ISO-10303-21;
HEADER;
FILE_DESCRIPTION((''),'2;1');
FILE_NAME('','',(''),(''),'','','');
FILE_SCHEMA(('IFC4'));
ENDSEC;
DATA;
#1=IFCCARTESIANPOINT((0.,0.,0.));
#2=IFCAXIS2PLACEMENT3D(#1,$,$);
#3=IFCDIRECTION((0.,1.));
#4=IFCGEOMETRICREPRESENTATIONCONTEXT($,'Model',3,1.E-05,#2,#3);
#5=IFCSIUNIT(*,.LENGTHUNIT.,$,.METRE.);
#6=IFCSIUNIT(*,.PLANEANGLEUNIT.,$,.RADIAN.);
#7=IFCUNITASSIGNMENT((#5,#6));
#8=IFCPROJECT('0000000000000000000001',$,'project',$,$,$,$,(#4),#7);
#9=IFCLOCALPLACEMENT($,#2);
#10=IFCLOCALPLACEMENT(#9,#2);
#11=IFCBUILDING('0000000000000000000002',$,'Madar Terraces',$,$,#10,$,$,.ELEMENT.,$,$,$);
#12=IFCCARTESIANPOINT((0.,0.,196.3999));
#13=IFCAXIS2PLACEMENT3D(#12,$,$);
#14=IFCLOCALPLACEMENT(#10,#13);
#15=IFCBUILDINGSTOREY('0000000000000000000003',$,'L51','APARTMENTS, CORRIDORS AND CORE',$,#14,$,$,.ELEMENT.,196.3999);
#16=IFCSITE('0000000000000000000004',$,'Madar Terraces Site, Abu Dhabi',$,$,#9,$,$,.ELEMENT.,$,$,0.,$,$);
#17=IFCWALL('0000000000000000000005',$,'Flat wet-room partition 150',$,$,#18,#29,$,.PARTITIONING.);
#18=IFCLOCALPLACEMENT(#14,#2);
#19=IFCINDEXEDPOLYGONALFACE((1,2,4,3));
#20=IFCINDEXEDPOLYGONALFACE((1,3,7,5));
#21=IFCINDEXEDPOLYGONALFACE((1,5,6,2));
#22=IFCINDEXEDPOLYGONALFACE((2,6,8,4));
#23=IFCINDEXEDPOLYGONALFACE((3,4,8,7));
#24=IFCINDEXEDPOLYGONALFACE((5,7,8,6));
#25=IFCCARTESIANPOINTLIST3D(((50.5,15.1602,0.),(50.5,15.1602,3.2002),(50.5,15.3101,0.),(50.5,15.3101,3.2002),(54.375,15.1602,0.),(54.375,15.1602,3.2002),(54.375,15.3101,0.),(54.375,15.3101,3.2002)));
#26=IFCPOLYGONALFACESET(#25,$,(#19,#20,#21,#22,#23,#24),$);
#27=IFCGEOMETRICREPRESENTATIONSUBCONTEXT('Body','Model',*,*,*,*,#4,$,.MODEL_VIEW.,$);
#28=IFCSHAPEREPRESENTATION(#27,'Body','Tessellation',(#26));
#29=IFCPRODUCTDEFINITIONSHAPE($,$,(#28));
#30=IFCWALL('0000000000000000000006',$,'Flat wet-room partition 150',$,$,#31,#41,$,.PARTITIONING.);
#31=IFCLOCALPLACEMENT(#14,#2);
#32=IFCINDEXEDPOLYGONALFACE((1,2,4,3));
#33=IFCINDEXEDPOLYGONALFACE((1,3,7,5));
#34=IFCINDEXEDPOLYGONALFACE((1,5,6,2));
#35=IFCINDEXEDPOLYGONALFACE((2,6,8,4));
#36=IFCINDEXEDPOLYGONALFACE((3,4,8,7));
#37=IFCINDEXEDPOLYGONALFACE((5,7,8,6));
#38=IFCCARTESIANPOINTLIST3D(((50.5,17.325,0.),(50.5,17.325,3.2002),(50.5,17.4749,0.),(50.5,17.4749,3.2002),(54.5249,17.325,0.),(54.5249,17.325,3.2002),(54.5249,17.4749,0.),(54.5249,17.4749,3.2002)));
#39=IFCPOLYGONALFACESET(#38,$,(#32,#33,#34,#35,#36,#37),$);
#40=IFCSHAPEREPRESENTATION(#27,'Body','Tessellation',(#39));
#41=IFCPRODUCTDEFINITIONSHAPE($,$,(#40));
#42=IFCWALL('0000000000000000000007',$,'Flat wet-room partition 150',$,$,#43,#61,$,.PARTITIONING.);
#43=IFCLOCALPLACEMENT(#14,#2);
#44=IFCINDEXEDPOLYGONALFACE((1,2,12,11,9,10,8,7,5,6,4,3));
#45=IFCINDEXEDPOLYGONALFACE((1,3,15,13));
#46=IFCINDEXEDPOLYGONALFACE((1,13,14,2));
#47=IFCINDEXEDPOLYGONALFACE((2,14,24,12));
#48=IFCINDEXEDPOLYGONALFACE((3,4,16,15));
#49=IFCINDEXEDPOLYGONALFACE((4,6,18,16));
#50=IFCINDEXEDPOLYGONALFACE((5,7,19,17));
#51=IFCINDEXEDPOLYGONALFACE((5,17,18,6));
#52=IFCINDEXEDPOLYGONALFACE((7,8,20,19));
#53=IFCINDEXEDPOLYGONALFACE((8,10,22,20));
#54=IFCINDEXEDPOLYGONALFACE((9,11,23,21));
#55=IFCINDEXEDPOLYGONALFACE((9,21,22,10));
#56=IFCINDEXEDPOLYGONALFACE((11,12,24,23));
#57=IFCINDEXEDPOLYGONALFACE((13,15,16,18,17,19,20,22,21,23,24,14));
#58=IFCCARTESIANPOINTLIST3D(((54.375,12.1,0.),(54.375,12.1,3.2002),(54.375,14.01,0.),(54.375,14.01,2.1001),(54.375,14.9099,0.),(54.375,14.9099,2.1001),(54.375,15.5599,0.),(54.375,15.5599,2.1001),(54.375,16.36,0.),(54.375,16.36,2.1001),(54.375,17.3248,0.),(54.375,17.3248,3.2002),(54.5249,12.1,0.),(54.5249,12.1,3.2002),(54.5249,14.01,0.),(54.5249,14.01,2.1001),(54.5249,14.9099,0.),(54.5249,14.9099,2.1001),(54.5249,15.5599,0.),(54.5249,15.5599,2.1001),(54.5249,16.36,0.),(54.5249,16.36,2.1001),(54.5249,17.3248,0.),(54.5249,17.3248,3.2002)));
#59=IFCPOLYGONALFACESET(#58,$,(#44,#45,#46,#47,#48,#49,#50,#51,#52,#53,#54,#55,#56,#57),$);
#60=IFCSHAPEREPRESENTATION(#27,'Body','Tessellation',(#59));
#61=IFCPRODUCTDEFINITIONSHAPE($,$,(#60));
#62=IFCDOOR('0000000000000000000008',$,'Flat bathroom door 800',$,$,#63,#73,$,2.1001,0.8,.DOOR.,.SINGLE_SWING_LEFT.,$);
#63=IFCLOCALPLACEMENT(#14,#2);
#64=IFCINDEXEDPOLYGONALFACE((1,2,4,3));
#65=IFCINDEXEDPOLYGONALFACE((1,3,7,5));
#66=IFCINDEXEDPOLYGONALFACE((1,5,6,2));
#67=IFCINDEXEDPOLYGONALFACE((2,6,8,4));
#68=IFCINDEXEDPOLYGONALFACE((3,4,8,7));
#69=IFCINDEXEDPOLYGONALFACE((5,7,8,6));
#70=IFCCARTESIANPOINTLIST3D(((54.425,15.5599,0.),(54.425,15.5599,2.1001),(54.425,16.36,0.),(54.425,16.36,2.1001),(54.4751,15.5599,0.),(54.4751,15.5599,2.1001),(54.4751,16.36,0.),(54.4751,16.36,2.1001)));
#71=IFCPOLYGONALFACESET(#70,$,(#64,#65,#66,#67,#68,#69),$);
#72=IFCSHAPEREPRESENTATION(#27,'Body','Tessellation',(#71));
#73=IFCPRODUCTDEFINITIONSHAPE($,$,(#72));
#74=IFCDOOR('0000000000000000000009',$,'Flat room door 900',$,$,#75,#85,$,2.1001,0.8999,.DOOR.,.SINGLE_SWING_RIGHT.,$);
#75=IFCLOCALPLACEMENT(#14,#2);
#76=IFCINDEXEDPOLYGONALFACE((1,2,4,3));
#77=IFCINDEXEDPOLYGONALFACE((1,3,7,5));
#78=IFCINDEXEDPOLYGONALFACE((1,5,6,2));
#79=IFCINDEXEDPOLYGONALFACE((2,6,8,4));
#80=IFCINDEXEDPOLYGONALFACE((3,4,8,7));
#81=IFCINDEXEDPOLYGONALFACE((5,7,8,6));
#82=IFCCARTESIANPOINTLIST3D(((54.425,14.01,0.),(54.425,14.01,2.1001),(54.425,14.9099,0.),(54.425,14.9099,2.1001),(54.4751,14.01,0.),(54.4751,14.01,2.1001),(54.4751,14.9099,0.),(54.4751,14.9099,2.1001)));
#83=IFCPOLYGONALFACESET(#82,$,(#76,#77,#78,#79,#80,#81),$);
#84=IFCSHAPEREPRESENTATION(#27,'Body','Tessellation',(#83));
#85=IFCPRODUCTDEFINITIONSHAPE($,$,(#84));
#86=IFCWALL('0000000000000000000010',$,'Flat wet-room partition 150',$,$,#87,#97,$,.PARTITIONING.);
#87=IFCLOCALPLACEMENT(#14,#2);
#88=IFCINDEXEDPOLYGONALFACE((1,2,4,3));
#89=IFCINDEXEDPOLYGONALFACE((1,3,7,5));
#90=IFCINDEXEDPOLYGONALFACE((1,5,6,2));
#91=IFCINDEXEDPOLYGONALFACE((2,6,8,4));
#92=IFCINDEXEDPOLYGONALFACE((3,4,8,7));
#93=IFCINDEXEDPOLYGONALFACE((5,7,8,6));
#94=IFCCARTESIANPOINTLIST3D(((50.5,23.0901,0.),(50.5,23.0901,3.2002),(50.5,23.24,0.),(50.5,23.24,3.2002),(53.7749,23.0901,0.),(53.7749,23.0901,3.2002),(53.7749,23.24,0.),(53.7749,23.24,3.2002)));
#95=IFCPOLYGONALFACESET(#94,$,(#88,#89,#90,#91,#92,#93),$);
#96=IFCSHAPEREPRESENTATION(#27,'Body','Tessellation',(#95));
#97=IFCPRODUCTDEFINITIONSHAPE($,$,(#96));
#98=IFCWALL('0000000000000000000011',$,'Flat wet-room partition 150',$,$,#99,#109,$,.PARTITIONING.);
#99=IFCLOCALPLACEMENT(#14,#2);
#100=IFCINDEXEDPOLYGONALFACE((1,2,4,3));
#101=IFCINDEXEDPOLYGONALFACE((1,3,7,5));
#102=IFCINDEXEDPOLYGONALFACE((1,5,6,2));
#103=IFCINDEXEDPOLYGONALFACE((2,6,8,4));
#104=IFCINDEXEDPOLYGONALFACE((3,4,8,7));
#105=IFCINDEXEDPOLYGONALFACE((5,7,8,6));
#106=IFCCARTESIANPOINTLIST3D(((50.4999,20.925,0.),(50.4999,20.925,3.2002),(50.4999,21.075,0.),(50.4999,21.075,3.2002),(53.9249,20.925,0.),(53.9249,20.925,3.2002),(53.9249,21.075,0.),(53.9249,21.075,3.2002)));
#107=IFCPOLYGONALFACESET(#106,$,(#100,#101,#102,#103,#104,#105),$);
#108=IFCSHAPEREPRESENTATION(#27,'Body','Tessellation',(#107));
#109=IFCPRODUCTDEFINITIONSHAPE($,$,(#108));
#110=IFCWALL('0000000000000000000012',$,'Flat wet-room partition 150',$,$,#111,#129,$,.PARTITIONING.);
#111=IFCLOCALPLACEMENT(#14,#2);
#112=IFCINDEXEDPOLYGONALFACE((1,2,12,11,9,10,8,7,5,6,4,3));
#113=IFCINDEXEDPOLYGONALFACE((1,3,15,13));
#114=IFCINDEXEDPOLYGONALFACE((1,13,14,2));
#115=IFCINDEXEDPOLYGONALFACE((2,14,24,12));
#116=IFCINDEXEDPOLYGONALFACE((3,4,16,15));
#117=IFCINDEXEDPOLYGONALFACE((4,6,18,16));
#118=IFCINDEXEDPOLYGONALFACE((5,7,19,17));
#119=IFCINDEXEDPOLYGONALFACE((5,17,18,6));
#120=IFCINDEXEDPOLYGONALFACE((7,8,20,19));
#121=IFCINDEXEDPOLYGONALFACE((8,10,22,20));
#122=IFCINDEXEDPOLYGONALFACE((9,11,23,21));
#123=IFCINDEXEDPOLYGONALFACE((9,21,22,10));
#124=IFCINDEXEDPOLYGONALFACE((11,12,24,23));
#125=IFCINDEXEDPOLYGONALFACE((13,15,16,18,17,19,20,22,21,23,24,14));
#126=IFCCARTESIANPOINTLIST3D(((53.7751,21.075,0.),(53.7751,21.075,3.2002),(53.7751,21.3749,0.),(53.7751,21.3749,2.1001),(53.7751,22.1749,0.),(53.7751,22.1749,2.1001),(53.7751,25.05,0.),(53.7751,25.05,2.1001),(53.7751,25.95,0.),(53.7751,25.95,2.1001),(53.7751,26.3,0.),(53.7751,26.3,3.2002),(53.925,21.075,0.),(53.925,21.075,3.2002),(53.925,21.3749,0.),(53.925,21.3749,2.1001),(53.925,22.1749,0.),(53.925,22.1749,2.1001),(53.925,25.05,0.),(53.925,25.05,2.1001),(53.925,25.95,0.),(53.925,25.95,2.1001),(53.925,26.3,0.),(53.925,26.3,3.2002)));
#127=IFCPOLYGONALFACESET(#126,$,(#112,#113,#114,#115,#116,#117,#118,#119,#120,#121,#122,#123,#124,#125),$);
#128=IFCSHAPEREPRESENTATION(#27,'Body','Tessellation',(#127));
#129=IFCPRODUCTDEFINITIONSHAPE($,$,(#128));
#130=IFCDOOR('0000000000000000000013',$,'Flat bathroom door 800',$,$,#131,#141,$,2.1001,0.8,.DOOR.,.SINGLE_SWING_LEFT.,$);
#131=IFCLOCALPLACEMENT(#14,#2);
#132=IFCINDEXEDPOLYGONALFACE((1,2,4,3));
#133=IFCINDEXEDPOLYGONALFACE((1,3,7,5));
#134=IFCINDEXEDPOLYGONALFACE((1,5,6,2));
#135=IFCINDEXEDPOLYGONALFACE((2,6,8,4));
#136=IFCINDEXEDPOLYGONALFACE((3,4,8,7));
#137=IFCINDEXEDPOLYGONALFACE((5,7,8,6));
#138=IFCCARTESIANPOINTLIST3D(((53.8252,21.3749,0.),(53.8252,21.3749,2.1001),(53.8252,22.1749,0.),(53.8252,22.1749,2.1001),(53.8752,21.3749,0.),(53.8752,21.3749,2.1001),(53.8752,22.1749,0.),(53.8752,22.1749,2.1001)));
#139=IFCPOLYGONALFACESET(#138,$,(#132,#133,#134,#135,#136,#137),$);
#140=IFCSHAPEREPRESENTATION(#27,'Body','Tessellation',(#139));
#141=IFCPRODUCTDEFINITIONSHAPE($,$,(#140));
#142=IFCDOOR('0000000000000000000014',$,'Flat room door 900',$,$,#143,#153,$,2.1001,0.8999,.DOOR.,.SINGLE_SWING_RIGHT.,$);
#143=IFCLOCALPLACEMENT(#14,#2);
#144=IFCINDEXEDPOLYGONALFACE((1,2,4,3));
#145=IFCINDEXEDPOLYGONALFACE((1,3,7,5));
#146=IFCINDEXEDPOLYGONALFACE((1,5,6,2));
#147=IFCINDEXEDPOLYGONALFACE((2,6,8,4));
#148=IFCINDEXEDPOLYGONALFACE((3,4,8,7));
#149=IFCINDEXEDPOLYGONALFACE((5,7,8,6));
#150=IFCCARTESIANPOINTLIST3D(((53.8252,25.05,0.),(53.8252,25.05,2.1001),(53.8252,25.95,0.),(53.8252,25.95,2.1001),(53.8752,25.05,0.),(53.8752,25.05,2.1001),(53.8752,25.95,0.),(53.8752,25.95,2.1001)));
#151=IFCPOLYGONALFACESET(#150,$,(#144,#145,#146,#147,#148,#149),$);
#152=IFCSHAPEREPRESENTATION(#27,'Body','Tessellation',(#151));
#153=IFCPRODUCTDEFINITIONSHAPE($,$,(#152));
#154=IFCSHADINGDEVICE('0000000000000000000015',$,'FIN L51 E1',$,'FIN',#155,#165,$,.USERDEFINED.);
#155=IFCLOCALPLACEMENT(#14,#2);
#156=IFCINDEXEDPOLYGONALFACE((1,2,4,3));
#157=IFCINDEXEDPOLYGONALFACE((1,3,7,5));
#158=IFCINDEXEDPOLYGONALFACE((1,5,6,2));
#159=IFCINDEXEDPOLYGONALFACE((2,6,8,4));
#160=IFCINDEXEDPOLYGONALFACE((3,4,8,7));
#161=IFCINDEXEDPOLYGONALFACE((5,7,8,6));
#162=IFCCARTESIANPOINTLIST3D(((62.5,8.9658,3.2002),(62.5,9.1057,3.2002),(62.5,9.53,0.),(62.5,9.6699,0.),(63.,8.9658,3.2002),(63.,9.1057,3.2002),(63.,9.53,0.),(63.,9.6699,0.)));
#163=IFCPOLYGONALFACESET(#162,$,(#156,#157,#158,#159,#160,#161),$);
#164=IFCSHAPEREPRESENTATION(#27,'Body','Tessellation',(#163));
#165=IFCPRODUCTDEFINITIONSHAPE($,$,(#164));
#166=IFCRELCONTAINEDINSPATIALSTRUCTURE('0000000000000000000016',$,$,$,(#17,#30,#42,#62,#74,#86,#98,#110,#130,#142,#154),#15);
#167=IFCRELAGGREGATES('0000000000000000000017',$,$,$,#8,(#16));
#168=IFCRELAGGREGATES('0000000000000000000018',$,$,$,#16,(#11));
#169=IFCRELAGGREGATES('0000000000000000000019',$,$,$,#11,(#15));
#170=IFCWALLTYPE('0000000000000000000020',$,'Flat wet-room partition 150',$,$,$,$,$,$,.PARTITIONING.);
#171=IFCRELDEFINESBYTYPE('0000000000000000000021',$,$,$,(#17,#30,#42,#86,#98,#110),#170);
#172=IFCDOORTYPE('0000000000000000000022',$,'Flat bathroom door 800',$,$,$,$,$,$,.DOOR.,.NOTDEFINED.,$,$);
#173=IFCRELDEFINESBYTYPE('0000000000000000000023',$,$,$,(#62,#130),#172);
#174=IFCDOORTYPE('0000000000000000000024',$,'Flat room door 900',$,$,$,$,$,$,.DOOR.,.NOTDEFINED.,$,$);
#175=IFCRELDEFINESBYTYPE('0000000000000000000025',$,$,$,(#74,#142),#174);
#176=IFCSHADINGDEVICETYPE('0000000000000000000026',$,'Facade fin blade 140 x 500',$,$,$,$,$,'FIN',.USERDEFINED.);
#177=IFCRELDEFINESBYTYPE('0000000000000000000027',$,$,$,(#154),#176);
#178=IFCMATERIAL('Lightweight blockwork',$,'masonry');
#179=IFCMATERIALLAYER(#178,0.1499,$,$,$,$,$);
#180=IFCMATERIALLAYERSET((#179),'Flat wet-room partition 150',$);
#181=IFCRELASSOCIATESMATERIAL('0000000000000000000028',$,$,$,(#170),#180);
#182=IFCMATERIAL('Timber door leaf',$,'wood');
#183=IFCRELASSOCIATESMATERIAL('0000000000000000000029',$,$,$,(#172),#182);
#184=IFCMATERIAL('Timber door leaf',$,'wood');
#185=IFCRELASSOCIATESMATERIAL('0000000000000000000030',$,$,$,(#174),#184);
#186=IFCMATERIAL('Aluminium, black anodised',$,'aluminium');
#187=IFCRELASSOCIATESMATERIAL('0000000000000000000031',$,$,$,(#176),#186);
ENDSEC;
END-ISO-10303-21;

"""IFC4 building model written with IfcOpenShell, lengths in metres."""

from ifc_helpers import new_model, si_unit, direction, frame, frame_2d, origin, place, context, subcontext, project, spatial, polyline, rectangle, outline, extrude, material, layer, layer_set, type_object, element, fill, save


model = new_model("IFC4")

# Units and contexts
model_context = context("Model", 3, precision=1e-05, world=origin(), true_north=direction((0.0, 1.0)))
body_context = subcontext(model_context, "Body", "Model", "MODEL_VIEW")
ifc_project = project(units=[si_unit("LENGTHUNIT", "METRE"), si_unit("PLANEANGLEUNIT", "RADIAN")], contexts=[model_context])

# Site, building, storey
site_placement = place(None, origin())
site = spatial("IfcSite", under=ifc_project, at=site_placement, Name="Madar Terraces Site, Abu Dhabi", CompositionType="ELEMENT", RefElevation=0.0)
building_placement = place(site_placement, origin())
building = spatial("IfcBuilding", under=site, at=building_placement, Name="Madar Terraces", CompositionType="ELEMENT")
storey_placement = place(building_placement, frame((0.0, 0.0, 196.3999)))
storey = spatial("IfcBuildingStorey", under=building, at=storey_placement, Name="L51", Description="APARTMENTS, CORRIDORS AND CORE", CompositionType="ELEMENT", Elevation=196.3999)

# Walls
ifc_material_1 = material(Name="Lightweight blockwork", Category="masonry")
ifc_layer_1 = layer(ifc_material_1, 0.1499)
ifc_layer_set_1 = layer_set([ifc_layer_1], Name="Flat wet-room partition 150")
wall_type_1 = type_object("IfcWallType", Name="Flat wet-room partition 150", PredefinedType="PARTITIONING", material=ifc_layer_set_1)
wall_1_placement = place(storey_placement, frame((50.5, 15.2351, 0.0), z_axis=(0.0, 0.0, 1.0), x_axis=(1.0, 0.0, 0.0)))
element("IfcWall", 1, at=wall_1_placement, inside=storey, type_object=wall_type_1, Name="Flat wet-room partition 150", PredefinedType="PARTITIONING", context=body_context, shape_type="SweptSolid", body=[
    extrude(rectangle(XDim=3.875, YDim=0.1499, at=frame_2d((1.9375, 0.0))), origin(), (0.0, 0.0, 1.0), 3.2002),
])
wall_2_placement = place(storey_placement, frame((50.5, 17.3999, 0.0), z_axis=(0.0, 0.0, 1.0), x_axis=(1.0, 0.0, 0.0)))
element("IfcWall", 2, at=wall_2_placement, inside=storey, type_object=wall_type_1, Name="Flat wet-room partition 150", PredefinedType="PARTITIONING", context=body_context, shape_type="SweptSolid", body=[
    extrude(rectangle(XDim=4.0249, YDim=0.1499, at=frame_2d((2.0125, 0.0))), origin(), (0.0, 0.0, 1.0), 3.2002),
])

# Wall, openings, doors
wall_3_placement = place(storey_placement, frame((54.45, 12.1001, 0.0), z_axis=(0.0, 0.0, 1.0), x_axis=(0.0, 1.0, 0.0)))
wall_3 = element("IfcWall", 3, at=wall_3_placement, inside=storey, type_object=wall_type_1, Name="Flat wet-room partition 150", PredefinedType="PARTITIONING", context=body_context, shape_type="SweptSolid", body=[
    extrude(rectangle(XDim=5.2249, YDim=0.1499, at=frame_2d((2.6123, 0.0))), origin(), (0.0, 0.0, 1.0), 3.2002),
])
opening_1_placement = place(wall_3_placement, frame((3.46, 0.0, 0.0)))
opening_1 = element("IfcOpeningElement", 4, at=opening_1_placement, cuts=wall_3, PredefinedType="OPENING", context=body_context, shape_type="SweptSolid", body=[
    extrude(rectangle(XDim=0.8, YDim=2.1001, at=frame_2d((0.3999, 1.05))), frame((0.0, 0.085, 0.0), z_axis=(0.0, -1.0, 0.0), x_axis=(1.0, 0.0, 0.0)), (0.0, 0.0, 1.0), 0.1699),
])
opening_2_placement = place(wall_3_placement, frame((1.9099, 0.0, 0.0)))
opening_2 = element("IfcOpeningElement", 5, at=opening_2_placement, cuts=wall_3, PredefinedType="OPENING", context=body_context, shape_type="SweptSolid", body=[
    extrude(rectangle(XDim=0.8999, YDim=2.1001, at=frame_2d((0.45, 1.05))), frame((0.0, 0.085, 0.0), z_axis=(0.0, -1.0, 0.0), x_axis=(1.0, 0.0, 0.0)), (0.0, 0.0, 1.0), 0.1699),
])
ifc_material_2 = material(Name="Timber door leaf", Category="wood")
door_type_1 = type_object("IfcDoorType", Name="Flat bathroom door 800", OperationType="NOTDEFINED", PredefinedType="DOOR", material=ifc_material_2)
door_1_placement = place(opening_1_placement, origin())
door_1 = element("IfcDoor", 6, at=door_1_placement, inside=storey, type_object=door_type_1, Name="Flat bathroom door 800", OperationType="SINGLE_SWING_LEFT", OverallHeight=2.1001, OverallWidth=0.8, PredefinedType="DOOR", context=body_context, shape_type="SweptSolid", body=[
    extrude(rectangle(XDim=0.8, YDim=2.1001, at=frame_2d((0.3999, 1.05))), frame((0.0, 0.0249, 0.0), z_axis=(0.0, -1.0, 0.0), x_axis=(1.0, 0.0, 0.0)), (0.0, 0.0, 1.0), 0.05),
])
fill(opening_1, door_1)
ifc_material_3 = material(Name="Timber door leaf", Category="wood")
door_type_2 = type_object("IfcDoorType", Name="Flat room door 900", OperationType="NOTDEFINED", PredefinedType="DOOR", material=ifc_material_3)
door_2_placement = place(opening_2_placement, origin())
door_2 = element("IfcDoor", 7, at=door_2_placement, inside=storey, type_object=door_type_2, Name="Flat room door 900", OperationType="SINGLE_SWING_RIGHT", OverallHeight=2.1001, OverallWidth=0.8999, PredefinedType="DOOR", context=body_context, shape_type="SweptSolid", body=[
    extrude(rectangle(XDim=0.8999, YDim=2.1001, at=frame_2d((0.45, 1.05))), frame((0.0, 0.0249, 0.0), z_axis=(0.0, -1.0, 0.0), x_axis=(1.0, 0.0, 0.0)), (0.0, 0.0, 1.0), 0.05),
])
fill(opening_2, door_2)

# Walls
wall_4_placement = place(storey_placement, frame((50.5, 23.165, 0.0), z_axis=(0.0, 0.0, 1.0), x_axis=(1.0, 0.0, 0.0)))
element("IfcWall", 8, at=wall_4_placement, inside=storey, type_object=wall_type_1, Name="Flat wet-room partition 150", PredefinedType="PARTITIONING", context=body_context, shape_type="SweptSolid", body=[
    extrude(rectangle(XDim=3.2749, YDim=0.1499, at=frame_2d((1.6375, 0.0))), origin(), (0.0, 0.0, 1.0), 3.2002),
])
wall_5_placement = place(storey_placement, frame((50.5, 21.0, 0.0), z_axis=(0.0, 0.0, 1.0), x_axis=(1.0, 0.0, 0.0)))
element("IfcWall", 9, at=wall_5_placement, inside=storey, type_object=wall_type_1, Name="Flat wet-room partition 150", PredefinedType="PARTITIONING", context=body_context, shape_type="SweptSolid", body=[
    extrude(rectangle(XDim=3.425, YDim=0.1499, at=frame_2d((1.7124, 0.0))), origin(), (0.0, 0.0, 1.0), 3.2002),
])

# Wall, openings, doors
wall_6_placement = place(storey_placement, frame((53.8501, 21.075, 0.0), z_axis=(0.0, 0.0, 1.0), x_axis=(0.0, 1.0, 0.0)))
wall_6 = element("IfcWall", 10, at=wall_6_placement, inside=storey, type_object=wall_type_1, Name="Flat wet-room partition 150", PredefinedType="PARTITIONING", context=body_context, shape_type="SweptSolid", body=[
    extrude(rectangle(XDim=5.2251, YDim=0.1499, at=frame_2d((2.6125, 0.0))), origin(), (0.0, 0.0, 1.0), 3.2002),
])
opening_3_placement = place(wall_6_placement, frame((0.3, 0.0, 0.0)))
opening_3 = element("IfcOpeningElement", 11, at=opening_3_placement, cuts=wall_6, PredefinedType="OPENING", context=body_context, shape_type="SweptSolid", body=[
    extrude(rectangle(XDim=0.8, YDim=2.1001, at=frame_2d((0.3999, 1.05))), frame((0.0, 0.085, 0.0), z_axis=(0.0, -1.0, 0.0), x_axis=(1.0, 0.0, 0.0)), (0.0, 0.0, 1.0), 0.1699),
])
opening_4_placement = place(wall_6_placement, frame((3.9751, 0.0, 0.0)))
opening_4 = element("IfcOpeningElement", 12, at=opening_4_placement, cuts=wall_6, PredefinedType="OPENING", context=body_context, shape_type="SweptSolid", body=[
    extrude(rectangle(XDim=0.8999, YDim=2.1001, at=frame_2d((0.45, 1.05))), frame((0.0, 0.085, 0.0), z_axis=(0.0, -1.0, 0.0), x_axis=(1.0, 0.0, 0.0)), (0.0, 0.0, 1.0), 0.1699),
])
door_3_placement = place(opening_3_placement, origin())
door_3 = element("IfcDoor", 13, at=door_3_placement, inside=storey, type_object=door_type_1, Name="Flat bathroom door 800", OperationType="SINGLE_SWING_LEFT", OverallHeight=2.1001, OverallWidth=0.8, PredefinedType="DOOR", context=body_context, shape_type="SweptSolid", body=[
    extrude(rectangle(XDim=0.8, YDim=2.1001, at=frame_2d((0.3999, 1.05))), frame((0.0, 0.0249, 0.0), z_axis=(0.0, -1.0, 0.0), x_axis=(1.0, 0.0, 0.0)), (0.0, 0.0, 1.0), 0.05),
])
fill(opening_3, door_3)
door_4_placement = place(opening_4_placement, origin())
door_4 = element("IfcDoor", 14, at=door_4_placement, inside=storey, type_object=door_type_2, Name="Flat room door 900", OperationType="SINGLE_SWING_RIGHT", OverallHeight=2.1001, OverallWidth=0.8999, PredefinedType="DOOR", context=body_context, shape_type="SweptSolid", body=[
    extrude(rectangle(XDim=0.8999, YDim=2.1001, at=frame_2d((0.45, 1.05))), frame((0.0, 0.0249, 0.0), z_axis=(0.0, -1.0, 0.0), x_axis=(1.0, 0.0, 0.0)), (0.0, 0.0, 1.0), 0.05),
])
fill(opening_4, door_4)

# Shading device
ifc_material_4 = material(Name="Aluminium, black anodised", Category="aluminium")
shading_device_type = type_object("IfcShadingDeviceType", Name="Facade fin blade 140 x 500", ElementType="FIN", PredefinedType="USERDEFINED", material=ifc_material_4)
shading_device_1_placement = place(storey_placement, frame((62.75, 9.53, 0.0), z_axis=(0.0, 0.0, 1.0), x_axis=(0.0, 1.0, 0.0)))
element("IfcShadingDevice", 15, at=shading_device_1_placement, inside=storey, type_object=shading_device_type, Name="FIN L51 E1", ObjectType="FIN", PredefinedType="USERDEFINED", context=body_context, shape_type="SweptSolid", body=[
    extrude(outline(polyline([(0.0, 0.0), (0.1399, 0.0), (-0.4243, 3.2002), (-0.5642, 3.2002), (0.0, 0.0)])), frame((0.0, 0.25, 0.0), z_axis=(0.0, -1.0, 0.0), x_axis=(1.0, 0.0, 0.0)), (0.0, 0.0, 1.0), 0.5),
])

save(model, "model.ifc")
